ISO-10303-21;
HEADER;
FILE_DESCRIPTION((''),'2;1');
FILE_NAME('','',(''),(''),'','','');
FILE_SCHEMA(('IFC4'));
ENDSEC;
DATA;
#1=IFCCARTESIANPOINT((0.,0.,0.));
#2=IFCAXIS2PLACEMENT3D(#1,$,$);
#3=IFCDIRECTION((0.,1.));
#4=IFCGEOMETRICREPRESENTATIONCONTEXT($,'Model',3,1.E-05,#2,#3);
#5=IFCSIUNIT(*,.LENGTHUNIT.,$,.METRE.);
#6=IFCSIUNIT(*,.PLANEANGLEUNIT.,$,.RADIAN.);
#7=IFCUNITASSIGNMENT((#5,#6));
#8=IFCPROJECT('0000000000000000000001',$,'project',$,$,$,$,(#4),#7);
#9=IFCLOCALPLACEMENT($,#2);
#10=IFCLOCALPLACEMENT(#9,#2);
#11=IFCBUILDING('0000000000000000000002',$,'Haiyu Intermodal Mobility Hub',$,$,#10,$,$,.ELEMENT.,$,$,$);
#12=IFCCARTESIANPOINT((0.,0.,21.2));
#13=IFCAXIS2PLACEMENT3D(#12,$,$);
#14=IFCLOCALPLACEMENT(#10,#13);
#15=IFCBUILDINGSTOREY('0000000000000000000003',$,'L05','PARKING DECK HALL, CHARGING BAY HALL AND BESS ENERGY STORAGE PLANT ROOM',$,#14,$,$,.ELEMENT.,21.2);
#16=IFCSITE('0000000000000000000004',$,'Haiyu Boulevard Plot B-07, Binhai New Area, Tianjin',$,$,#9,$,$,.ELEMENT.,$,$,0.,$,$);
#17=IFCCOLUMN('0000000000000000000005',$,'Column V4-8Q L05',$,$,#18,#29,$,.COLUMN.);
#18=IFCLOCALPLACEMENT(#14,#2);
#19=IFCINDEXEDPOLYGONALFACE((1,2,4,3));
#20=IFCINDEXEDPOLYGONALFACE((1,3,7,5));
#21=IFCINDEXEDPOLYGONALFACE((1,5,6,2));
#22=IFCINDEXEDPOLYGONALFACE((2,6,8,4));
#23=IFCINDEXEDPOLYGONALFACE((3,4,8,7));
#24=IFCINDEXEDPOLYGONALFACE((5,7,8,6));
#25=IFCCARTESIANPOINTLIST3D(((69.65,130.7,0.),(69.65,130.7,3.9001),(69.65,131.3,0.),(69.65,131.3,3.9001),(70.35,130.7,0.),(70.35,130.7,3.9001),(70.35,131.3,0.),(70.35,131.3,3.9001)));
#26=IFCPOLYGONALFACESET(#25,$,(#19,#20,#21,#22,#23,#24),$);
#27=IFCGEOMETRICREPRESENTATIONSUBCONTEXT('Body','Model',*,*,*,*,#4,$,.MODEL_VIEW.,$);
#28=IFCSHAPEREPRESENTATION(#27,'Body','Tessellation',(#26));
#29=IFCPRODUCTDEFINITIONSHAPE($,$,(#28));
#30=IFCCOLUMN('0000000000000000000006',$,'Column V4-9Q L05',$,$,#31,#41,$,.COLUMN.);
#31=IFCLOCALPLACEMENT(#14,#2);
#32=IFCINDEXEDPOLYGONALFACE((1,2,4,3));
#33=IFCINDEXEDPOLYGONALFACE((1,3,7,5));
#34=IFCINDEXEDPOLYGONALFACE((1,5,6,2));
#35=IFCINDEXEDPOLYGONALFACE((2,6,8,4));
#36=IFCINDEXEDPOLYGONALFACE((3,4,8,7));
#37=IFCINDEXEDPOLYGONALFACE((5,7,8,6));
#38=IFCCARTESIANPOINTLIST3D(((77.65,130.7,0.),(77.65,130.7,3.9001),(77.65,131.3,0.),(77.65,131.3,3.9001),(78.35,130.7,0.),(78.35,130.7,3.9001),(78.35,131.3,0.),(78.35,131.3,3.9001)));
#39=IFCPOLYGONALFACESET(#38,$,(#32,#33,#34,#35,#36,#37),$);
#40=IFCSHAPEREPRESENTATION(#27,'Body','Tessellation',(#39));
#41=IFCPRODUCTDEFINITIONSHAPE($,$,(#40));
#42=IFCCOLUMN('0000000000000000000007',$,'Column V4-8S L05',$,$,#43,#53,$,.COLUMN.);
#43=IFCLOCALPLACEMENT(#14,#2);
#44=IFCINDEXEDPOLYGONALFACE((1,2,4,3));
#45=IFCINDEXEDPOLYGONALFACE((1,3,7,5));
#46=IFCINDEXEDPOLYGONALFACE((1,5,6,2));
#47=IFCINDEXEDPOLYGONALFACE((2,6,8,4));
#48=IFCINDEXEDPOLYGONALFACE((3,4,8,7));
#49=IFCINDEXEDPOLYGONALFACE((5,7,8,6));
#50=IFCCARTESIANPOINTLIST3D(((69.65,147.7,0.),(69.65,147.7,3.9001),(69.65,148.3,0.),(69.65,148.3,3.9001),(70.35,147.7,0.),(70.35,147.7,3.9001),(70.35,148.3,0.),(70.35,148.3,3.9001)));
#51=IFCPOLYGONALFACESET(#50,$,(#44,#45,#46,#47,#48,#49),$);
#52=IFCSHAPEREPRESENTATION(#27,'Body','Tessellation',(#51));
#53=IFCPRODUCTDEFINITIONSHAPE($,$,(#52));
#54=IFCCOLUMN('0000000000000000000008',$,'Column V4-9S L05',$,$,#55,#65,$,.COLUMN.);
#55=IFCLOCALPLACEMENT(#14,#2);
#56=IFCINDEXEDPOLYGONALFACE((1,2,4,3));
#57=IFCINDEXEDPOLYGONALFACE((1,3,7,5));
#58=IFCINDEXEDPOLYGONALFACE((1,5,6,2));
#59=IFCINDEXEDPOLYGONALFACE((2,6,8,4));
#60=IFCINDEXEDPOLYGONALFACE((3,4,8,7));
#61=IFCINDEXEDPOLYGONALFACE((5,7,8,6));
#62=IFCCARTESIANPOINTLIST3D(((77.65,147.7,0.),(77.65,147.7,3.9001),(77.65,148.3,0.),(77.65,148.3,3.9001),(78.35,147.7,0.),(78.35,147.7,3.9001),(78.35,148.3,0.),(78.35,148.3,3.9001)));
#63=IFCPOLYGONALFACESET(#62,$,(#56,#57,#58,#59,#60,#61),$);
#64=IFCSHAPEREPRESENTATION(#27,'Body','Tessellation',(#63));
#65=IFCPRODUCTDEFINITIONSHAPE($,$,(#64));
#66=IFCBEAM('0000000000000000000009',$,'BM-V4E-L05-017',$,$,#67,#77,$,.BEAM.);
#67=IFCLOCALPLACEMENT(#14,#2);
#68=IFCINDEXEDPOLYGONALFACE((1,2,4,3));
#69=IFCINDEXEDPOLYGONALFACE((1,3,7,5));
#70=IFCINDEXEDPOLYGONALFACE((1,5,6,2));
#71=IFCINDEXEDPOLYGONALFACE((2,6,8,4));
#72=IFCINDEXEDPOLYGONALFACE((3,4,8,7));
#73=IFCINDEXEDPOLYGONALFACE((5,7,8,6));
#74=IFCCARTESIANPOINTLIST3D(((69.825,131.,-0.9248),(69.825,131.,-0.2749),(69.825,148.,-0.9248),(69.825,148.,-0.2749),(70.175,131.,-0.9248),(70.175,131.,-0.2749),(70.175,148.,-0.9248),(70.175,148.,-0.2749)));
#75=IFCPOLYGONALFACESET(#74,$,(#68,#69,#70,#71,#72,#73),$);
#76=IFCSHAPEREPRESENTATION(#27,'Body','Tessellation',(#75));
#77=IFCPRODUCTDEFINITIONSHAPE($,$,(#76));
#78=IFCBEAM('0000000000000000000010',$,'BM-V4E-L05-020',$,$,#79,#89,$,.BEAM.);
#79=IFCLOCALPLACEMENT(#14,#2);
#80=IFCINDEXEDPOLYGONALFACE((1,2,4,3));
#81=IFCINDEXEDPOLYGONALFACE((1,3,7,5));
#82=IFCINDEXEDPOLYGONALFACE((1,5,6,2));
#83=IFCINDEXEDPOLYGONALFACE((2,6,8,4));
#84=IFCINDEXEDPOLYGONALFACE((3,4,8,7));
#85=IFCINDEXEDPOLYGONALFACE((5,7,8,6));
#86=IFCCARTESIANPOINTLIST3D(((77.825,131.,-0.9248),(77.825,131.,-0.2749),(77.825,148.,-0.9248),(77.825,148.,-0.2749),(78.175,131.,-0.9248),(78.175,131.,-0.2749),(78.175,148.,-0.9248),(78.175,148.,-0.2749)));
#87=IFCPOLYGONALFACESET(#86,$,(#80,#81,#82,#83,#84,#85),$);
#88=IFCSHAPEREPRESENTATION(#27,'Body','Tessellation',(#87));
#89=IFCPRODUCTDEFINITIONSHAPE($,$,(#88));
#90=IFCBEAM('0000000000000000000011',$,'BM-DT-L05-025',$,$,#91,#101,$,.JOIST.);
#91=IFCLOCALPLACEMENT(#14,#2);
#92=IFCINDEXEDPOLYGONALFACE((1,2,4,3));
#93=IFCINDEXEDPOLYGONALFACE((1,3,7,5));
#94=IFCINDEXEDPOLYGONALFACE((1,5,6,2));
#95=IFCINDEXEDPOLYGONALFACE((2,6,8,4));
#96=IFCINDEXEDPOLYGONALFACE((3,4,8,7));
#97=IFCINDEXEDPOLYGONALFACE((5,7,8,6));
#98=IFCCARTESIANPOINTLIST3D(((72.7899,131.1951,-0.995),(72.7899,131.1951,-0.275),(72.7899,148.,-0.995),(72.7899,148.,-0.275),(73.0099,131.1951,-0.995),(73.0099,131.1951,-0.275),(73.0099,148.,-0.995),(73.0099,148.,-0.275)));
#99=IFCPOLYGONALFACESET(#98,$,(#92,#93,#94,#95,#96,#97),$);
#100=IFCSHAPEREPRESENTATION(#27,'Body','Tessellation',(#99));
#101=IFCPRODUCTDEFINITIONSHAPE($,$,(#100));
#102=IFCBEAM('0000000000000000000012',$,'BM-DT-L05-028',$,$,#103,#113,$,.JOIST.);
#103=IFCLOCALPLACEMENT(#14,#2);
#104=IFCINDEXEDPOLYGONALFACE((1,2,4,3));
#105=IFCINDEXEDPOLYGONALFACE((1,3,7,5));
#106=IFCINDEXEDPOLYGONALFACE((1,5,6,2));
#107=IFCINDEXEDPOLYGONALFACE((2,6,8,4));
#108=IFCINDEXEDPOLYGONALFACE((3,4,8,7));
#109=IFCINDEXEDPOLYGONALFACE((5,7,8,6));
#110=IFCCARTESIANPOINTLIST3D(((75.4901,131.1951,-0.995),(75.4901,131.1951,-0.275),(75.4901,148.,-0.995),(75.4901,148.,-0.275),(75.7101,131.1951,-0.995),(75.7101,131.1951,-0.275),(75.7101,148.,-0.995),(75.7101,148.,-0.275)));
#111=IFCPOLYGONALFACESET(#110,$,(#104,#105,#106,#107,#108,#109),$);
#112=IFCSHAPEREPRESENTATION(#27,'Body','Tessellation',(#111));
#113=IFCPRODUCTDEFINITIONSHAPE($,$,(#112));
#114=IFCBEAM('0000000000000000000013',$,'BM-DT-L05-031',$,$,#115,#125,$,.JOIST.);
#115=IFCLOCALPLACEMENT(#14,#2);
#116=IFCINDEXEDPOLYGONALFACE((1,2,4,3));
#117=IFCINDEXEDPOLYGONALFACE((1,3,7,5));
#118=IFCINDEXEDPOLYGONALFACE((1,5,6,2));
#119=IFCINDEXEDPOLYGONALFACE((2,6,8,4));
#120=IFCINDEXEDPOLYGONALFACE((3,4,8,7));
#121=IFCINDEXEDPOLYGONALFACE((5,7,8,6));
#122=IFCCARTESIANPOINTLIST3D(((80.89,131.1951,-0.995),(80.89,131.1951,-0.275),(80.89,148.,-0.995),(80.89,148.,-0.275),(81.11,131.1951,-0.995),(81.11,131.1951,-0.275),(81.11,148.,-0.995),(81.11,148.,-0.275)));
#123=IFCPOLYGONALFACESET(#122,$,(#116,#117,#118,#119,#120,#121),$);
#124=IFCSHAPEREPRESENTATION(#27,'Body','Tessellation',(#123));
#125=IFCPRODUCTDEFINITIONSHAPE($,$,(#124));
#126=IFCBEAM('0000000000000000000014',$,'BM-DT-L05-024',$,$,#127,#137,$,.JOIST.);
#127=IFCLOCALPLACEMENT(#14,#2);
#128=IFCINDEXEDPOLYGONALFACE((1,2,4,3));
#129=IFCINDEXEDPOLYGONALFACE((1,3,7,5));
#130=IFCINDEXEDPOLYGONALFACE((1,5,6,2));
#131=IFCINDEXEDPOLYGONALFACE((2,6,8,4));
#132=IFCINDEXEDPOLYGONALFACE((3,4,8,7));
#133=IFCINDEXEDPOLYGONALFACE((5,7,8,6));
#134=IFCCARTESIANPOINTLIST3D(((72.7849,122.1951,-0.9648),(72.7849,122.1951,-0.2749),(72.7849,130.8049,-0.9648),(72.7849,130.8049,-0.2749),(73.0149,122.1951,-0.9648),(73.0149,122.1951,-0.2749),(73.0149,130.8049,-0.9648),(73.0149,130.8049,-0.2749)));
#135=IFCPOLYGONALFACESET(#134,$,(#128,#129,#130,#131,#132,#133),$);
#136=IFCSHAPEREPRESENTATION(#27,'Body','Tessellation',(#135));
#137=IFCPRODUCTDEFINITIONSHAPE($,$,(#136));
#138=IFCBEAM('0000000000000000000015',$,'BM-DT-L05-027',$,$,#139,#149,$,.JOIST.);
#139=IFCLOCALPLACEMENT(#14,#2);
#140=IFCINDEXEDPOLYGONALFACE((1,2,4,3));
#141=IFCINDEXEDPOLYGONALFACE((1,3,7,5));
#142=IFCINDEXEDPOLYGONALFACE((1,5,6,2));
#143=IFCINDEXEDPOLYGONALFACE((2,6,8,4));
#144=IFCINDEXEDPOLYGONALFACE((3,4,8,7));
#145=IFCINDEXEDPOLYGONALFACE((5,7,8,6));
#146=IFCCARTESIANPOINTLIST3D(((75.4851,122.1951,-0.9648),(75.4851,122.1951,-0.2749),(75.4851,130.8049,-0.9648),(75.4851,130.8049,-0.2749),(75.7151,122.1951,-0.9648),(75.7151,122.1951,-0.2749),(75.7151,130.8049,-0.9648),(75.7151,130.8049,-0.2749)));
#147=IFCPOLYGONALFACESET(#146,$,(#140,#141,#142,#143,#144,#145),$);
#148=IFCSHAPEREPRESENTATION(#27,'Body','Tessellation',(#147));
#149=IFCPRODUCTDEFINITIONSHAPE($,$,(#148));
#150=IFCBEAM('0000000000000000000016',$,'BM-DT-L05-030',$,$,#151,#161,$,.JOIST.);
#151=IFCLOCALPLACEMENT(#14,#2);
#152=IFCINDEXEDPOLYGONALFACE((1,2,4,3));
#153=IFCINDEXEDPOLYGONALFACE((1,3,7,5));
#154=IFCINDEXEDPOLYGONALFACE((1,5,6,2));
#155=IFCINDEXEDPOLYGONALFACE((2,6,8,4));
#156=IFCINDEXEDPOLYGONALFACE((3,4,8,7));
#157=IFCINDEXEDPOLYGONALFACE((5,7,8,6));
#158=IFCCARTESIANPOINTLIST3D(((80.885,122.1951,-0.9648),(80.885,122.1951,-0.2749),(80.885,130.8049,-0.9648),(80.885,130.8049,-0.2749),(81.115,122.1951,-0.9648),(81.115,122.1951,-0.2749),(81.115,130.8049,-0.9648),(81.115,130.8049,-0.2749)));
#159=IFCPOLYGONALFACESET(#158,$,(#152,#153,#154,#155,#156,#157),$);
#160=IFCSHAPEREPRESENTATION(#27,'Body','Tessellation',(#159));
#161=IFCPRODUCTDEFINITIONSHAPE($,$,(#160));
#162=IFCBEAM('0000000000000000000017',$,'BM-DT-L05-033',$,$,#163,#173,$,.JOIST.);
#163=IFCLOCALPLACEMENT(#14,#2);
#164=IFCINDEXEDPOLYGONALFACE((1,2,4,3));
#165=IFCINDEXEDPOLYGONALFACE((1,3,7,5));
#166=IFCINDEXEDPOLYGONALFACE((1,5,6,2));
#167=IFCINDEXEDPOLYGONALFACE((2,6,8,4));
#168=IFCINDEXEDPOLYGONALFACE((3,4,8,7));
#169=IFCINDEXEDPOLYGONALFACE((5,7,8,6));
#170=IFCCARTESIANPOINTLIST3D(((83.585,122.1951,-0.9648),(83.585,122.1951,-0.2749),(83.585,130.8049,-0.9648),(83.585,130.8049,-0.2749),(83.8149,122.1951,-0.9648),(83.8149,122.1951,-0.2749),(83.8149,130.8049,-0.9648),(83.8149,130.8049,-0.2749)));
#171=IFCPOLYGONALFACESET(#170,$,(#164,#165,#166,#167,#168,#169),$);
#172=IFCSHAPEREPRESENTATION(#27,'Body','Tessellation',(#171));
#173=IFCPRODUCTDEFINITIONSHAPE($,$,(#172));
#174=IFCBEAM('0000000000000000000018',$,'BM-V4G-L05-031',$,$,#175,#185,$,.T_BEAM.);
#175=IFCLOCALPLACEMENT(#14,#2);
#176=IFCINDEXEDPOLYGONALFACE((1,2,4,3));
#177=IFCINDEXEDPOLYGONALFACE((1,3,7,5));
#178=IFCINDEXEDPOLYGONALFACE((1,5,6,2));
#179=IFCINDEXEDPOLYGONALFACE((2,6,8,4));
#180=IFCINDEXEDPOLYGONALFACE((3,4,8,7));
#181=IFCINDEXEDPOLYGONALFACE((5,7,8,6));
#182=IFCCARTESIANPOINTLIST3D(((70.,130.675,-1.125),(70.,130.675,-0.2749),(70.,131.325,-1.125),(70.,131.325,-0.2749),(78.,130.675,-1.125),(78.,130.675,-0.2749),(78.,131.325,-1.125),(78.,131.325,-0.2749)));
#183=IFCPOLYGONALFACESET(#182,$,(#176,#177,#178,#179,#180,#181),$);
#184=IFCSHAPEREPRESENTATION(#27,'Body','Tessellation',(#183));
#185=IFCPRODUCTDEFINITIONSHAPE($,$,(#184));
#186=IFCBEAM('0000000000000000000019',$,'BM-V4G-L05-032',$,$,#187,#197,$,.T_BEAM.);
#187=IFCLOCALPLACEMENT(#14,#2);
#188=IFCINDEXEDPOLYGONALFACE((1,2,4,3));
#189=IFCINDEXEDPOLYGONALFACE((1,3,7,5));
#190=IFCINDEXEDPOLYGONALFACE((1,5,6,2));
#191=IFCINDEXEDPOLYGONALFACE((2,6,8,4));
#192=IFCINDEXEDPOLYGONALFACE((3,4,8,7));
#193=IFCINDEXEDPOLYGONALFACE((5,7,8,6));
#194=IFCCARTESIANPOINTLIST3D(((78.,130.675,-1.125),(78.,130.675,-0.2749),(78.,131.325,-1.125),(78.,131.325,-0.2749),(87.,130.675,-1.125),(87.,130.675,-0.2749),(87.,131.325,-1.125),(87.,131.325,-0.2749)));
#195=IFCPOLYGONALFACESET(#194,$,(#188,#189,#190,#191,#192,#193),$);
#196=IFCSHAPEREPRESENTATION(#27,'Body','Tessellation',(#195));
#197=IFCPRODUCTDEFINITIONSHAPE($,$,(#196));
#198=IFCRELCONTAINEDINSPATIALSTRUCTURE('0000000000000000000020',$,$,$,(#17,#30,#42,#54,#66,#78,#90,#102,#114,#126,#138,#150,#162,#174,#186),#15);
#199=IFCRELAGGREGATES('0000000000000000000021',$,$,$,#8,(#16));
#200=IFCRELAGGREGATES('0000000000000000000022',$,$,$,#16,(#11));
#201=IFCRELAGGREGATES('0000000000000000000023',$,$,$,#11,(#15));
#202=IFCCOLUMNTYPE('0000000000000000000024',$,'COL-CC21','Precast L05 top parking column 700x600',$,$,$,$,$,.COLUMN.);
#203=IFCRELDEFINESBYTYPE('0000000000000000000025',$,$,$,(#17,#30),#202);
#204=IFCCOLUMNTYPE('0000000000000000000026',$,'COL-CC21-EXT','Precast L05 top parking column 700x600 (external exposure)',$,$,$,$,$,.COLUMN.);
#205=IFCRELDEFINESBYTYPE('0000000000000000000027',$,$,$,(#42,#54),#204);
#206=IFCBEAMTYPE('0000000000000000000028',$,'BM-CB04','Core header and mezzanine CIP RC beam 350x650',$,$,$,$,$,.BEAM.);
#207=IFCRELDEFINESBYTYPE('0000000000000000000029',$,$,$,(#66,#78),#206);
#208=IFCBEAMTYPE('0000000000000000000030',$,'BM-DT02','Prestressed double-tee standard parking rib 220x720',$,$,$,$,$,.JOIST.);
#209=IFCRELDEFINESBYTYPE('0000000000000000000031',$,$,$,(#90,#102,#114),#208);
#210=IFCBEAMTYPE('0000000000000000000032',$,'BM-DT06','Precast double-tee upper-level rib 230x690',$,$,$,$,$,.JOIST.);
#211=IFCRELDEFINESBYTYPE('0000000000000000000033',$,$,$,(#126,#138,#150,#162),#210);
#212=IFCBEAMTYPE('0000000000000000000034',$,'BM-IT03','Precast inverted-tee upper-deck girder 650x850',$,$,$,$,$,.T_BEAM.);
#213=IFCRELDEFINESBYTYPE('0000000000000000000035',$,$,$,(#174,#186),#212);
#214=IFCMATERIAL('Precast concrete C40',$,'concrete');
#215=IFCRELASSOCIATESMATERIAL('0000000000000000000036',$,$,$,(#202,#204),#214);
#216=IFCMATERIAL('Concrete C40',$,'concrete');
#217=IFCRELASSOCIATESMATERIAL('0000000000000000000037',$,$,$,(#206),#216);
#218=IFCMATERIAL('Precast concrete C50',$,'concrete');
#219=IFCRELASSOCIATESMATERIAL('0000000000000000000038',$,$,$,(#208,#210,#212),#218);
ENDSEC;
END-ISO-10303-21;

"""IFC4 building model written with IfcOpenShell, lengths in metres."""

from ifc_helpers import new_model, si_unit, direction, frame, origin, origin_2d, place, context, subcontext, project, spatial, rectangle, extrude, material, material_profile, profile_set, type_object, element, save


model = new_model("IFC4")

# Units and contexts
model_context = context("Model", 3, precision=1e-05, world=origin(), true_north=direction((0.0, 1.0)))
body_context = subcontext(model_context, "Body", "Model", "MODEL_VIEW")
ifc_project = project(units=[si_unit("LENGTHUNIT", "METRE"), si_unit("PLANEANGLEUNIT", "RADIAN")], contexts=[model_context])

# Site, building, storey
site_placement = place(None, origin())
site = spatial("IfcSite", under=ifc_project, at=site_placement, Name="Haiyu Boulevard Plot B-07, Binhai New Area, Tianjin", CompositionType="ELEMENT", RefElevation=0.0)
building_placement = place(site_placement, origin())
building = spatial("IfcBuilding", under=site, at=building_placement, Name="Haiyu Intermodal Mobility Hub", CompositionType="ELEMENT")
storey_placement = place(building_placement, frame((0.0, 0.0, 21.2)))
storey = spatial("IfcBuildingStorey", under=building, at=storey_placement, Name="L05", Description="PARKING DECK HALL, CHARGING BAY HALL AND BESS ENERGY STORAGE PLANT ROOM", CompositionType="ELEMENT", Elevation=21.2)

# Columns
ifc_material_1 = material(Name="Precast concrete C40", Category="concrete")
ifc_material_profile_1 = material_profile(ifc_material_1, rectangle(XDim=0.7, YDim=0.6001, at=origin_2d()), Name="C700x600")
ifc_profile_set_1 = profile_set([ifc_material_profile_1], Name="Precast concrete C40")
column_type_1 = type_object("IfcColumnType", Name="COL-CC21", Description="Precast L05 top parking column 700x600", PredefinedType="COLUMN", material=ifc_profile_set_1)
for number, where, z_axis, x_axis, name in (
    (1, (70.0, 131.0, 0.0), (0.0, 0.0, 1.0), (1.0, 0.0, 0.0), "Column V4-8Q L05"),
    (2, (78.0, 131.0, 0.0), (0.0, 0.0, 1.0), (1.0, 0.0, 0.0), "Column V4-9Q L05"),
):
    element("IfcColumn", number, at=place(storey_placement, frame(where, z_axis=z_axis, x_axis=x_axis)), inside=storey, type_object=column_type_1, Name=name, PredefinedType="COLUMN", context=body_context, shape_type="SweptSolid", body=[
        extrude(rectangle(XDim=0.7, YDim=0.6001, at=origin_2d()), origin(), (0.0, 0.0, 1.0), 3.9001),
    ])
ifc_material_profile_2 = material_profile(ifc_material_1, rectangle(XDim=0.7, YDim=0.6001, at=origin_2d()), Name="C700x600")
ifc_profile_set_2 = profile_set([ifc_material_profile_2], Name="Precast concrete C40")
column_type_2 = type_object("IfcColumnType", Name="COL-CC21-EXT", Description="Precast L05 top parking column 700x600 (external exposure)", PredefinedType="COLUMN", material=ifc_profile_set_2)
for number, where, z_axis, x_axis, name in (
    (3, (70.0, 148.0, 0.0), (0.0, 0.0, 1.0), (1.0, 0.0, 0.0), "Column V4-8S L05"),
    (4, (78.0, 148.0, 0.0), (0.0, 0.0, 1.0), (1.0, 0.0, 0.0), "Column V4-9S L05"),
):
    element("IfcColumn", number, at=place(storey_placement, frame(where, z_axis=z_axis, x_axis=x_axis)), inside=storey, type_object=column_type_2, Name=name, PredefinedType="COLUMN", context=body_context, shape_type="SweptSolid", body=[
        extrude(rectangle(XDim=0.7, YDim=0.6001, at=origin_2d()), origin(), (0.0, 0.0, 1.0), 3.9001),
    ])

# Beams
ifc_material_2 = material(Name="Concrete C40", Category="concrete")
ifc_material_profile_3 = material_profile(ifc_material_2, rectangle(XDim=0.3501, YDim=0.6499, at=origin_2d()), Name="RCB350x650")
ifc_profile_set_3 = profile_set([ifc_material_profile_3], Name="Concrete C40")
beam_type_1 = type_object("IfcBeamType", Name="BM-CB04", Description="Core header and mezzanine CIP RC beam 350x650", PredefinedType="BEAM", material=ifc_profile_set_3)
for number, where, z_axis, x_axis, name in (
    (5, (70.0, 131.0, -0.5999), (0.0, 1.0, 0.0), (-1.0, 0.0, 0.0), "BM-V4E-L05-017"),
    (6, (78.0, 131.0, -0.5999), (0.0, 1.0, 0.0), (-1.0, 0.0, 0.0), "BM-V4E-L05-020"),
):
    element("IfcBeam", number, at=place(storey_placement, frame(where, z_axis=z_axis, x_axis=x_axis)), inside=storey, type_object=beam_type_1, Name=name, PredefinedType="BEAM", context=body_context, shape_type="SweptSolid", body=[
        extrude(rectangle(XDim=0.3501, YDim=0.6499, at=origin_2d()), origin(), (0.0, 0.0, 1.0), 17.0),
    ])
ifc_material_3 = material(Name="Precast concrete C50", Category="concrete")
ifc_material_profile_4 = material_profile(ifc_material_3, rectangle(XDim=0.22, YDim=0.72, at=origin_2d()), Name="PC220x720")
ifc_profile_set_4 = profile_set([ifc_material_profile_4], Name="Precast concrete C50")
beam_type_2 = type_object("IfcBeamType", Name="BM-DT02", Description="Prestressed double-tee standard parking rib 220x720", PredefinedType="JOIST", material=ifc_profile_set_4)
for number, where, z_axis, x_axis, name in (
    (7, (72.8999, 131.1951, -0.635), (0.0, 1.0, 0.0), (-1.0, 0.0, 0.0), "BM-DT-L05-025"),
    (8, (75.6001, 131.1951, -0.635), (0.0, 1.0, 0.0), (-1.0, 0.0, 0.0), "BM-DT-L05-028"),
    (9, (81.0, 131.1951, -0.635), (0.0, 1.0, 0.0), (-1.0, 0.0, 0.0), "BM-DT-L05-031"),
):
    element("IfcBeam", number, at=place(storey_placement, frame(where, z_axis=z_axis, x_axis=x_axis)), inside=storey, type_object=beam_type_2, Name=name, PredefinedType="JOIST", context=body_context, shape_type="SweptSolid", body=[
        extrude(rectangle(XDim=0.22, YDim=0.72, at=origin_2d()), origin(), (0.0, 0.0, 1.0), 16.8049),
    ])
ifc_material_profile_5 = material_profile(ifc_material_3, rectangle(XDim=0.23, YDim=0.6899, at=origin_2d()), Name="B230x690")
ifc_profile_set_5 = profile_set([ifc_material_profile_5], Name="Precast concrete C50")
beam_type_3 = type_object("IfcBeamType", Name="BM-DT06", Description="Precast double-tee upper-level rib 230x690", PredefinedType="JOIST", material=ifc_profile_set_5)
for number, where, z_axis, x_axis, name in (
    (10, (72.8999, 122.1951, -0.6199), (0.0, 1.0, 0.0), (-1.0, 0.0, 0.0), "BM-DT-L05-024"),
    (11, (75.6001, 122.1951, -0.6199), (0.0, 1.0, 0.0), (-1.0, 0.0, 0.0), "BM-DT-L05-027"),
    (12, (81.0, 122.1951, -0.6199), (0.0, 1.0, 0.0), (-1.0, 0.0, 0.0), "BM-DT-L05-030"),
    (13, (83.7, 122.1951, -0.6199), (0.0, 1.0, 0.0), (-1.0, 0.0, 0.0), "BM-DT-L05-033"),
):
    element("IfcBeam", number, at=place(storey_placement, frame(where, z_axis=z_axis, x_axis=x_axis)), inside=storey, type_object=beam_type_3, Name=name, PredefinedType="JOIST", context=body_context, shape_type="SweptSolid", body=[
        extrude(rectangle(XDim=0.23, YDim=0.6899, at=origin_2d()), origin(), (0.0, 0.0, 1.0), 8.6099),
    ])
ifc_material_profile_6 = material_profile(ifc_material_3, rectangle(XDim=0.6499, YDim=0.8501, at=origin_2d()), Name="PC650x850")
ifc_profile_set_6 = profile_set([ifc_material_profile_6], Name="Precast concrete C50")
beam_type_4 = type_object("IfcBeamType", Name="BM-IT03", Description="Precast inverted-tee upper-deck girder 650x850", PredefinedType="T_BEAM", material=ifc_profile_set_6)
beam_1_placement = place(storey_placement, frame((70.0, 131.0, -0.7), z_axis=(1.0, 0.0, 0.0), x_axis=(0.0, 1.0, 0.0)))
element("IfcBeam", 14, at=beam_1_placement, inside=storey, type_object=beam_type_4, Name="BM-V4G-L05-031", PredefinedType="T_BEAM", context=body_context, shape_type="SweptSolid", body=[
    extrude(rectangle(XDim=0.6499, YDim=0.8501, at=origin_2d()), origin(), (0.0, 0.0, 1.0), 8.0),
])
beam_2_placement = place(storey_placement, frame((78.0, 131.0, -0.7), z_axis=(1.0, 0.0, 0.0), x_axis=(0.0, 1.0, 0.0)))
element("IfcBeam", 15, at=beam_2_placement, inside=storey, type_object=beam_type_4, Name="BM-V4G-L05-032", PredefinedType="T_BEAM", context=body_context, shape_type="SweptSolid", body=[
    extrude(rectangle(XDim=0.6499, YDim=0.8501, at=origin_2d()), origin(), (0.0, 0.0, 1.0), 9.0),
])

save(model, "model.ifc")
